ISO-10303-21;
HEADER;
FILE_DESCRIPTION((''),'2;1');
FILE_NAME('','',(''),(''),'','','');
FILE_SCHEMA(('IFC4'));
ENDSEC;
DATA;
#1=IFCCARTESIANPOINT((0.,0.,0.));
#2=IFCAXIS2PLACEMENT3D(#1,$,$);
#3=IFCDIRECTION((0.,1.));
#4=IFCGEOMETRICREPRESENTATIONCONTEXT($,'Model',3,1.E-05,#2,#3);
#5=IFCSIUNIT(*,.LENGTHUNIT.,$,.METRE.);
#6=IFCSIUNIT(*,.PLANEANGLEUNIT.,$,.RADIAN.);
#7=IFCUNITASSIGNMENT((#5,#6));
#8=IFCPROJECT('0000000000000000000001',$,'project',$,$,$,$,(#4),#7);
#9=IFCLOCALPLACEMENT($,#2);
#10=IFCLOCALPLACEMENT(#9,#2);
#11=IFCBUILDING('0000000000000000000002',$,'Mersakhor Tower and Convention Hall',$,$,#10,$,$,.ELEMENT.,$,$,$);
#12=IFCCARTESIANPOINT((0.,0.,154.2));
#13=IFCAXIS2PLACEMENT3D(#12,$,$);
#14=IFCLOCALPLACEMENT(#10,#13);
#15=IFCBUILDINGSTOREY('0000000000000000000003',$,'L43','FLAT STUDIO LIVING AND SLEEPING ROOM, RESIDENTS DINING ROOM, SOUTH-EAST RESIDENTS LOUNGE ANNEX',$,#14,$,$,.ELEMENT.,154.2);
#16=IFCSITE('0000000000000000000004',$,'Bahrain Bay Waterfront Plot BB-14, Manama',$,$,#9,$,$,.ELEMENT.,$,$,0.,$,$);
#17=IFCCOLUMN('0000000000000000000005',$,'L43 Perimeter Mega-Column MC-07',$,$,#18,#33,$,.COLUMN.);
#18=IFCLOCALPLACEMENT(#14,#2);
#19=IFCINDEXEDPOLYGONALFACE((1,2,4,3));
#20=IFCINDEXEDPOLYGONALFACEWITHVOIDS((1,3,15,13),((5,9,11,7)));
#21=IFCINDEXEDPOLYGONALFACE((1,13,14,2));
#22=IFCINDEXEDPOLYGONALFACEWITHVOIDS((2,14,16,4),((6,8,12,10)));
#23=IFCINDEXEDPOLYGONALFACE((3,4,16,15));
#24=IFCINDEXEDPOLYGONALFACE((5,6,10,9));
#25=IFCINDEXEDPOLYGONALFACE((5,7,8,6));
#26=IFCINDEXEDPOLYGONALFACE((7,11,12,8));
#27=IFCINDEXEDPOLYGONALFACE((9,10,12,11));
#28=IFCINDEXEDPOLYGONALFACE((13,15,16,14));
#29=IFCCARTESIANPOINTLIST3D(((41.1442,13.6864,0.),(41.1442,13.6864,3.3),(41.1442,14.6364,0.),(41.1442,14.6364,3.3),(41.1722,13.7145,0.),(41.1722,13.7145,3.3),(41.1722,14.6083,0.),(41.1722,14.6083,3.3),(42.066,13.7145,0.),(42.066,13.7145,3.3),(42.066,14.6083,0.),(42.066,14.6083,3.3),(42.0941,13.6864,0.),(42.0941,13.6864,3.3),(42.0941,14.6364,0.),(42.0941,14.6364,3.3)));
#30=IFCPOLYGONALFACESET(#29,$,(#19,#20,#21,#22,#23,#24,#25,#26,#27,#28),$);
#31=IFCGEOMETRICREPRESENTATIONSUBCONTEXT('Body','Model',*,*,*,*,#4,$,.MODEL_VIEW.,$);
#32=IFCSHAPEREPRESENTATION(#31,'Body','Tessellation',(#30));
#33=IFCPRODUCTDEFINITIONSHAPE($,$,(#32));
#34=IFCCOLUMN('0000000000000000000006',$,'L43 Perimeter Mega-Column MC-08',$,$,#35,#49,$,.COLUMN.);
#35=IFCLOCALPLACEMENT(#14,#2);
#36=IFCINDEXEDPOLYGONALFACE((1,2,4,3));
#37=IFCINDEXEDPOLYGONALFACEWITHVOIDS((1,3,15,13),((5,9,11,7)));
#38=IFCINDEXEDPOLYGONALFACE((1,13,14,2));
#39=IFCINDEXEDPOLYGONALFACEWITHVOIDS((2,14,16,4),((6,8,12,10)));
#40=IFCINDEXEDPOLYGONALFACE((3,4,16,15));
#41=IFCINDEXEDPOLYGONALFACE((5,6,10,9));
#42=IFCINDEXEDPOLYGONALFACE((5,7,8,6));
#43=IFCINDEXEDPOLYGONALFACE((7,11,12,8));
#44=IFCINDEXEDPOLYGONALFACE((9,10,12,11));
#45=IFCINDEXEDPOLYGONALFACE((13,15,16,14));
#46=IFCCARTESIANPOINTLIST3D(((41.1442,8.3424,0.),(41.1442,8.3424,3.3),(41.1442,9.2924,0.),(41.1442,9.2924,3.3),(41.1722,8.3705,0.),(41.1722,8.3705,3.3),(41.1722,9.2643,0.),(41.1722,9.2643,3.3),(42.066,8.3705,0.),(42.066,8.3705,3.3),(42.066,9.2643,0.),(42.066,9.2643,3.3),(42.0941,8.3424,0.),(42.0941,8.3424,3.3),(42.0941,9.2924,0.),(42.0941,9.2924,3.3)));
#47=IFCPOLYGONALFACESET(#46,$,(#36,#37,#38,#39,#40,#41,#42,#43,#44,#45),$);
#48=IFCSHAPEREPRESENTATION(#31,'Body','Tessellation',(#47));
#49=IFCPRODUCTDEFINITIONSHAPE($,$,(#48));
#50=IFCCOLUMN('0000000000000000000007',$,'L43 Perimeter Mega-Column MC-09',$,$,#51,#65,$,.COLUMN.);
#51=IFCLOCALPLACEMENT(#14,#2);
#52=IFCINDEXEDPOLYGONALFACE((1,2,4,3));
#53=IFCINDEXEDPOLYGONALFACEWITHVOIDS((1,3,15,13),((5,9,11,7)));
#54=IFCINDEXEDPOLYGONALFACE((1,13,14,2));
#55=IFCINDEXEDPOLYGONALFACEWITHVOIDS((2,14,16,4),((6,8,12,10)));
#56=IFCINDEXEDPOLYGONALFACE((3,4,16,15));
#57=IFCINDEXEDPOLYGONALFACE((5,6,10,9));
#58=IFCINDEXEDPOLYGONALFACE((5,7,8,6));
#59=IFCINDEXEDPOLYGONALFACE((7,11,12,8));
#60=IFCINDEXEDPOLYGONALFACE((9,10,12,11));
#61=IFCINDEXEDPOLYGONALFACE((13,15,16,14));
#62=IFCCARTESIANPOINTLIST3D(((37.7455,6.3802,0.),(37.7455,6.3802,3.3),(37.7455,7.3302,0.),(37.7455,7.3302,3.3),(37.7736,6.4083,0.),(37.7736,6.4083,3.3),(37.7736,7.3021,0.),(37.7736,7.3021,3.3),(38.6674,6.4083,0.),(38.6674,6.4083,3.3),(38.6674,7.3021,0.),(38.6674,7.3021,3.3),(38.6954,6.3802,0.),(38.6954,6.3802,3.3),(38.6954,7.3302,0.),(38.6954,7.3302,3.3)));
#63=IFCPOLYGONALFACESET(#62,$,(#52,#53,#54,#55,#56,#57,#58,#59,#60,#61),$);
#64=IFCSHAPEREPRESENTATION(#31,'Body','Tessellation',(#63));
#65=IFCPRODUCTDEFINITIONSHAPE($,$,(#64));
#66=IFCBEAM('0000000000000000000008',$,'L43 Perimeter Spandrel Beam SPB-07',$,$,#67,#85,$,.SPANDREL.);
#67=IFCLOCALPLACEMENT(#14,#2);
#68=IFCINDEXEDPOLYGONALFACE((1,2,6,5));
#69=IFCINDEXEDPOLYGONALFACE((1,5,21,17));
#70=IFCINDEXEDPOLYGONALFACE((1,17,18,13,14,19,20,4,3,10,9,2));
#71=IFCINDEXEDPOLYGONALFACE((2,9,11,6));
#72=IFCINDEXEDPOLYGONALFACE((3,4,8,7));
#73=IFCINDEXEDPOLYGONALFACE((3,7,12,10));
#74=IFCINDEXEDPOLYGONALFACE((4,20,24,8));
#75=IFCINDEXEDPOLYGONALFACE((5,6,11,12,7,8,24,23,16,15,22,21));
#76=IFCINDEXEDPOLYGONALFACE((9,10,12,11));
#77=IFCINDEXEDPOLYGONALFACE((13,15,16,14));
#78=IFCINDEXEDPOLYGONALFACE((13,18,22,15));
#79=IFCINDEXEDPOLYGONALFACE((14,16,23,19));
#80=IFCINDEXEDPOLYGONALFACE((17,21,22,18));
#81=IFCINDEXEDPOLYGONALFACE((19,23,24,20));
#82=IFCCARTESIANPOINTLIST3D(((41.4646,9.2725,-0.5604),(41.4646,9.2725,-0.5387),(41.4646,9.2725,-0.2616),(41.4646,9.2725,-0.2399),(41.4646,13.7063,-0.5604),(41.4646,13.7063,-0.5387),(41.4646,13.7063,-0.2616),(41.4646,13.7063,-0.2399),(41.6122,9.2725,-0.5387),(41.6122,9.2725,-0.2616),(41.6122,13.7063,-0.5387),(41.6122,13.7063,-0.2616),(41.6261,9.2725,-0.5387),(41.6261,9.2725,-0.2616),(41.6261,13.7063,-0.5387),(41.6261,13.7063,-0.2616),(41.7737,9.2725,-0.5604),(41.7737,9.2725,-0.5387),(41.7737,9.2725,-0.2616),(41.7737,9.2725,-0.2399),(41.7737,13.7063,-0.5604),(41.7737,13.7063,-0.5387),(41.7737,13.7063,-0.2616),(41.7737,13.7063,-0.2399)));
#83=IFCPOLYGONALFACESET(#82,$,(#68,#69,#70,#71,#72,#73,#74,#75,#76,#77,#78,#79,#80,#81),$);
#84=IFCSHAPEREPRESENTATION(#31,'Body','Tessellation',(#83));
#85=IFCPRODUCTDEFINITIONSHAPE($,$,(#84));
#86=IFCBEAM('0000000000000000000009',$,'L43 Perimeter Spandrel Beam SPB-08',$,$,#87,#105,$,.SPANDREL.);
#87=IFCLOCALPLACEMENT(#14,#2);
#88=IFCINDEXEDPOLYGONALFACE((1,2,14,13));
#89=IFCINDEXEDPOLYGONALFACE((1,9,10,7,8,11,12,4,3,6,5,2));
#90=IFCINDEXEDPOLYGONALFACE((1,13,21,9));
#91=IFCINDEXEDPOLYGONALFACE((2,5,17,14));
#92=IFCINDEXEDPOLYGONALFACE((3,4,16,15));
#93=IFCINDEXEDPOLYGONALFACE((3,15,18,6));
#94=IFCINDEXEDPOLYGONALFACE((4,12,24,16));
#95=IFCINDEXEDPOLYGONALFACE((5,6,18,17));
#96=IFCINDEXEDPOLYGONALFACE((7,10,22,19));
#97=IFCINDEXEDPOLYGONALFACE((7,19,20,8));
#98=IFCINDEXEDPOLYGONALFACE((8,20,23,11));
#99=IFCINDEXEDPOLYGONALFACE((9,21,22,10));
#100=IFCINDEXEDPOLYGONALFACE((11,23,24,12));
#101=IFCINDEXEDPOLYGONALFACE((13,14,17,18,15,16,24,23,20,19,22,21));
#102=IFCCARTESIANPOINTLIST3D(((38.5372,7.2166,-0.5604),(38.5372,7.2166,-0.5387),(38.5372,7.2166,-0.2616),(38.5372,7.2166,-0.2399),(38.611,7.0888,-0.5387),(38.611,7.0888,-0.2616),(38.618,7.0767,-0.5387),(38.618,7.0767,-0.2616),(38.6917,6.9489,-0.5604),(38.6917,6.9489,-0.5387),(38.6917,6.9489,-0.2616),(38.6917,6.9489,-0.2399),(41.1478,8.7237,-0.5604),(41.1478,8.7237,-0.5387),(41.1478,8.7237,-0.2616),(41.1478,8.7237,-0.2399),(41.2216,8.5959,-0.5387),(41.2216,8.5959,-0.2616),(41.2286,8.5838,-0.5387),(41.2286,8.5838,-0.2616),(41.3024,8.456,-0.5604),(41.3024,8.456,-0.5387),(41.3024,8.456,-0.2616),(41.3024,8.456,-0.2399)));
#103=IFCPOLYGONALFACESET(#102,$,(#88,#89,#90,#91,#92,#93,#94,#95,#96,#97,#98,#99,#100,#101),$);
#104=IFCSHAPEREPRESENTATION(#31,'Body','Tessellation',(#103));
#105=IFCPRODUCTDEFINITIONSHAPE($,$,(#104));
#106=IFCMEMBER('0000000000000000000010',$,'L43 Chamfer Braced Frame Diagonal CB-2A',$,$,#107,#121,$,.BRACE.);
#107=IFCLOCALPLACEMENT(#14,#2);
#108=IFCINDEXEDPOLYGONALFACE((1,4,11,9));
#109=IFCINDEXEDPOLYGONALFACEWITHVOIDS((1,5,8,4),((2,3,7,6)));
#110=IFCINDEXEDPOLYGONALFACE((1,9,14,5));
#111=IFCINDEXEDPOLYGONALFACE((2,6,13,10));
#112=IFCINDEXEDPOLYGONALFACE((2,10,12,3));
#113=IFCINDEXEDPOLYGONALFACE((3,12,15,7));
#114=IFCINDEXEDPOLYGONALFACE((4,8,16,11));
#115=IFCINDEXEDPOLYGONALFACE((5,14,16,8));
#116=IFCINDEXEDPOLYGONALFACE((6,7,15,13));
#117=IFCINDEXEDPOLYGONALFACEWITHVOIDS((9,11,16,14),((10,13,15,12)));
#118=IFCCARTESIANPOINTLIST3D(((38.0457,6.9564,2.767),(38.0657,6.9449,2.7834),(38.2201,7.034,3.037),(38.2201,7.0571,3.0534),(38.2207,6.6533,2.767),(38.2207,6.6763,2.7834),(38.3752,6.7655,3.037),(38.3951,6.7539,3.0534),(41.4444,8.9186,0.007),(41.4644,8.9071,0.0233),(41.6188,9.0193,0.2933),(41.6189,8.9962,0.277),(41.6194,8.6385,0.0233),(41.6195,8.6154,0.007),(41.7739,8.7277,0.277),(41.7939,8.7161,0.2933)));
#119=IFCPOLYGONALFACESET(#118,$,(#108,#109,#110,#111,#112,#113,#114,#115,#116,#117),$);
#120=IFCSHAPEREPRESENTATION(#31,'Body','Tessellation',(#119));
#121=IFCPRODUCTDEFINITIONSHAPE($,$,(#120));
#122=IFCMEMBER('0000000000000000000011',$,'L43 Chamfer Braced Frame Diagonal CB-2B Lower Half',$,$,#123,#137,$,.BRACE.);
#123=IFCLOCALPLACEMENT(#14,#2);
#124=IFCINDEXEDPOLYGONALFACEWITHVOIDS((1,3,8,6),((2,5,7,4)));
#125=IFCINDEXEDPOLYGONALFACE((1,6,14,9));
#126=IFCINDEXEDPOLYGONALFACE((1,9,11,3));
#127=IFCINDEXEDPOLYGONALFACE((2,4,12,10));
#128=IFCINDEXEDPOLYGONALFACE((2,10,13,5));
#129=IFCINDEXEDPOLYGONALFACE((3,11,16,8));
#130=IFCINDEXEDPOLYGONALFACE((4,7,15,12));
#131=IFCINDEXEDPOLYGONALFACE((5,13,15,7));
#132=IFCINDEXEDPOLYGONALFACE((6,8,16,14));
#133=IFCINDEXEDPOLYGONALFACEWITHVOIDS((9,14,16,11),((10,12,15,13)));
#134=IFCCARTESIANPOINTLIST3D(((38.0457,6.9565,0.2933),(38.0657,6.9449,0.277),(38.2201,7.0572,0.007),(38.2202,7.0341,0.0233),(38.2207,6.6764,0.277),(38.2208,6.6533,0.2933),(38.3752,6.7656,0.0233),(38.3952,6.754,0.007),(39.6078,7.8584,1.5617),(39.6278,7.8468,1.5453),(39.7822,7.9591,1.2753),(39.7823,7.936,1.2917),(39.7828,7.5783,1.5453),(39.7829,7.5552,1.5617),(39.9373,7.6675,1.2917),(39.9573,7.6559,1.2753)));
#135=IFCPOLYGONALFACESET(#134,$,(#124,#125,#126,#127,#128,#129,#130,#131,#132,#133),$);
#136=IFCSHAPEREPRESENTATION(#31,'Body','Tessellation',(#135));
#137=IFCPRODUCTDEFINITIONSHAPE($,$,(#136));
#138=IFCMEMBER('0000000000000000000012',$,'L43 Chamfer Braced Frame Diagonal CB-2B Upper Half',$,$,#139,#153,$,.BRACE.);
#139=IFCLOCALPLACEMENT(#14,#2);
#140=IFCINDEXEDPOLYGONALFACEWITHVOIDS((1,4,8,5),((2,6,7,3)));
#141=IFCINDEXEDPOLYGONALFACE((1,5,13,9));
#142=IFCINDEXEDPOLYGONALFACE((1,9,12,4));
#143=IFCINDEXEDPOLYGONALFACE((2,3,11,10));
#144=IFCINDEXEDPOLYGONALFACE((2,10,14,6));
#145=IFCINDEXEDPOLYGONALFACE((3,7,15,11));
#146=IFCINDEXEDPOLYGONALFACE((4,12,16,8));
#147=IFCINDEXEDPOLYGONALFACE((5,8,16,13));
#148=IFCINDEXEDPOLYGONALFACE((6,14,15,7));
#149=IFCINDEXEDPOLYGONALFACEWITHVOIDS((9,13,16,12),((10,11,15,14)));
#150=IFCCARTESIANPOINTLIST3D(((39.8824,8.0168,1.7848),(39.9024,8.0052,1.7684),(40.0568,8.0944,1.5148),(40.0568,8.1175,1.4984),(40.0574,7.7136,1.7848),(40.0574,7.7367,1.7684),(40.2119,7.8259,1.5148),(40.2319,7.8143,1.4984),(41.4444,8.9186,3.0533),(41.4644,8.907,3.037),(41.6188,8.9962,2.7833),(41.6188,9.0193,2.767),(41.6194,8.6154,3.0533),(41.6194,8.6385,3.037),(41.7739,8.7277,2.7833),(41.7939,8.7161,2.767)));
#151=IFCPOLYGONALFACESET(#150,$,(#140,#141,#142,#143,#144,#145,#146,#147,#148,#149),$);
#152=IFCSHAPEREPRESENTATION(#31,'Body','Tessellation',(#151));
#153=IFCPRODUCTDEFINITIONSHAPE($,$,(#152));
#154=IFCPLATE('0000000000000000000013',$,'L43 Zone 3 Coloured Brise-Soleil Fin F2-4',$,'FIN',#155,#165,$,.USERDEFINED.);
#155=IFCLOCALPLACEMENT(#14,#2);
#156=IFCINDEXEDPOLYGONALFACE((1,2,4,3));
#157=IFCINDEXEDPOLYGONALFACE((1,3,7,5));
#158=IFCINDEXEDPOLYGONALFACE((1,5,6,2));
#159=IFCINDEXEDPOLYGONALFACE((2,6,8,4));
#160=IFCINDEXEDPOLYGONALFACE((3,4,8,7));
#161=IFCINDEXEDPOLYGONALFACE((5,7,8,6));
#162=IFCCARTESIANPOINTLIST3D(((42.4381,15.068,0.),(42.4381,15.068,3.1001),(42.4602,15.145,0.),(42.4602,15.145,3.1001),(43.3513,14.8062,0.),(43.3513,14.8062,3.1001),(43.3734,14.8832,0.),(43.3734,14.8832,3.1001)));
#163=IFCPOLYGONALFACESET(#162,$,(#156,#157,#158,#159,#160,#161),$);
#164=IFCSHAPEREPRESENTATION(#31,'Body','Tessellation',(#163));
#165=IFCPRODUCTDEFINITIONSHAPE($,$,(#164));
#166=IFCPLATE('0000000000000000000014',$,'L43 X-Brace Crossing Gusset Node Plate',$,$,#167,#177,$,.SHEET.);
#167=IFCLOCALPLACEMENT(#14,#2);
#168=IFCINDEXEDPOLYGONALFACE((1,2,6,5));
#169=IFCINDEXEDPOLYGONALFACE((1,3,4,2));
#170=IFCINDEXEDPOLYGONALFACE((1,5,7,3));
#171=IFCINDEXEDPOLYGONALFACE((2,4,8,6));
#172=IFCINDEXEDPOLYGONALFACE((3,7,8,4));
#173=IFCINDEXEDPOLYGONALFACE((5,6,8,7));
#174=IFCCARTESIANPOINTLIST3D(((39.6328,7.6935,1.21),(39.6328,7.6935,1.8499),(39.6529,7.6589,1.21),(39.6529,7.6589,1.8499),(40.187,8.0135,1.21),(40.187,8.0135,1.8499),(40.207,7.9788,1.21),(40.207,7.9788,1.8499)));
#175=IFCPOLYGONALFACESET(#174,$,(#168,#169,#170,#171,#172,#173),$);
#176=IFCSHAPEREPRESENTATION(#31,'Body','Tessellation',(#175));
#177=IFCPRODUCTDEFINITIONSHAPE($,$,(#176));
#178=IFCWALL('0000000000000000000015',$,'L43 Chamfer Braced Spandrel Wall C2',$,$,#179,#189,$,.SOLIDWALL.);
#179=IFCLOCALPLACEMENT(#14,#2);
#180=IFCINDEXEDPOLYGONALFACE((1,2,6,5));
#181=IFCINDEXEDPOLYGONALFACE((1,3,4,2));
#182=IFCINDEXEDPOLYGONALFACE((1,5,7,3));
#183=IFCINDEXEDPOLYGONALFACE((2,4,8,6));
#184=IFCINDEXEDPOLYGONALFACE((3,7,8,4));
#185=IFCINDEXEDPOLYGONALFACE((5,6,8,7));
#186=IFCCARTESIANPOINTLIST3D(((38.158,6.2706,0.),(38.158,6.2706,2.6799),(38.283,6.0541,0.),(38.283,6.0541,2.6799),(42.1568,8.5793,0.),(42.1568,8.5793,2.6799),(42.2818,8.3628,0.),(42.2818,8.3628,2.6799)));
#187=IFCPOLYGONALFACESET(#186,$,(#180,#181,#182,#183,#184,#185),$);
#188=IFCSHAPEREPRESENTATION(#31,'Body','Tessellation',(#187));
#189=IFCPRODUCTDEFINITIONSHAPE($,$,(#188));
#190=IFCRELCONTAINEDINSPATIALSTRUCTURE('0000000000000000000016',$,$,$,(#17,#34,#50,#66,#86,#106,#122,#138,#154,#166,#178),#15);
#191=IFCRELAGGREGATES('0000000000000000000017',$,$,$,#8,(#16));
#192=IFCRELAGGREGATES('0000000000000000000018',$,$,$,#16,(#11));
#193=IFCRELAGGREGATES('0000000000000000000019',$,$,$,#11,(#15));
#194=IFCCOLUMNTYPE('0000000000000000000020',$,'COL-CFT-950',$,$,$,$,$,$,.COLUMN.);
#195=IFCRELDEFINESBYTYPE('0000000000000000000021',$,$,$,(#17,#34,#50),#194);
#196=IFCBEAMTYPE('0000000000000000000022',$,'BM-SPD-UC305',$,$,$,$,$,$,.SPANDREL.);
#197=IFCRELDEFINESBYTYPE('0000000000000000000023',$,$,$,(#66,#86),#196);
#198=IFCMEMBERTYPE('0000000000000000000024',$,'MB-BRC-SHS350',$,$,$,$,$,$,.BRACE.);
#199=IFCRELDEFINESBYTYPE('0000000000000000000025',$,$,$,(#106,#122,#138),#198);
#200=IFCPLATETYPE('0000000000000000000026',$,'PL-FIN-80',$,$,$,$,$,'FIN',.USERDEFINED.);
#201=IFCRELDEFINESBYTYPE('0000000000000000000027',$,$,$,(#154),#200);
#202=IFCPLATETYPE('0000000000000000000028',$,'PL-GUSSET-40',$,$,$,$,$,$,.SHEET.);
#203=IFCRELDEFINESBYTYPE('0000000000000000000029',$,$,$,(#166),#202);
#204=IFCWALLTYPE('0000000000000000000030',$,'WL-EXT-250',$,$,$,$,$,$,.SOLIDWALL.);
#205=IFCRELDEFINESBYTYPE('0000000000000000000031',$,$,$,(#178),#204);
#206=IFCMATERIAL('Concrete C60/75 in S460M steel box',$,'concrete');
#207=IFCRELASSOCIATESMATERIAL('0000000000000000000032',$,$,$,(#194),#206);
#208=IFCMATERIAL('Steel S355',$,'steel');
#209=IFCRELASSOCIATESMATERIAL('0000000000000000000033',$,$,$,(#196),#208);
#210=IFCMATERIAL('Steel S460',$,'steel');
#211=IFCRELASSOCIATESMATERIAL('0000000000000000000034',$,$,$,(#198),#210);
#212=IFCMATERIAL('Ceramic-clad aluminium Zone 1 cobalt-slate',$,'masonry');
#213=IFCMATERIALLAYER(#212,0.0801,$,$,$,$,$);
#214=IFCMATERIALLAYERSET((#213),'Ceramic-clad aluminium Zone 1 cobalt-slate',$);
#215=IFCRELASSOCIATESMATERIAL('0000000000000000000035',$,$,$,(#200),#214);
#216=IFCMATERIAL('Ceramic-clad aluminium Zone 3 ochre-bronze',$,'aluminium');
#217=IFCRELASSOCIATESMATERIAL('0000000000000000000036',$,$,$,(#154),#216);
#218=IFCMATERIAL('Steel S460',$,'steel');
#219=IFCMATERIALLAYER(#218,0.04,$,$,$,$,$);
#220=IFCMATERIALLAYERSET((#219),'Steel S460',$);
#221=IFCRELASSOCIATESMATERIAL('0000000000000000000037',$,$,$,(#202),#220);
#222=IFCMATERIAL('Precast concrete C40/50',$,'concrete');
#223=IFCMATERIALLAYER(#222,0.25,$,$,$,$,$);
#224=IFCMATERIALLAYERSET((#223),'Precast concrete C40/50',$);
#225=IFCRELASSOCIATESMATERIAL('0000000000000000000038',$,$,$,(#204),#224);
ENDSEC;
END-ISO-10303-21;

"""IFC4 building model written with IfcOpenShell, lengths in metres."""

from ifc_helpers import new_model, si_unit, direction, frame, frame_2d, origin, origin_2d, place, context, subcontext, project, spatial, rectangle, hollow_rectangle, i_section, extrude, material, layer, layer_set, material_profile, profile_set, type_object, element, save


model = new_model("IFC4")

# Units and contexts
model_context = context("Model", 3, precision=1e-05, world=origin(), true_north=direction((0.0, 1.0)))
body_context = subcontext(model_context, "Body", "Model", "MODEL_VIEW")
ifc_project = project(units=[si_unit("LENGTHUNIT", "METRE"), si_unit("PLANEANGLEUNIT", "RADIAN")], contexts=[model_context])

# Site, building, storey
site_placement = place(None, origin())
site = spatial("IfcSite", under=ifc_project, at=site_placement, Name="Bahrain Bay Waterfront Plot BB-14, Manama", CompositionType="ELEMENT", RefElevation=0.0)
building_placement = place(site_placement, origin())
building = spatial("IfcBuilding", under=site, at=building_placement, Name="Mersakhor Tower and Convention Hall", CompositionType="ELEMENT")
storey_placement = place(building_placement, frame((0.0, 0.0, 154.2)))
storey = spatial("IfcBuildingStorey", under=building, at=storey_placement, Name="L43", Description="FLAT STUDIO LIVING AND SLEEPING ROOM, RESIDENTS DINING ROOM, SOUTH-EAST RESIDENTS LOUNGE ANNEX", CompositionType="ELEMENT", Elevation=154.2)

# Columns
ifc_material_1 = material(Name="Concrete C60/75 in S460M steel box", Category="concrete")
ifc_material_profile_1 = material_profile(ifc_material_1, hollow_rectangle(XDim=0.95, YDim=0.95, WallThickness=0.0281, at=origin_2d()), Name="SHS 950x950x28")
ifc_profile_set_1 = profile_set([ifc_material_profile_1], Name="Concrete C60/75 in S460M steel box")
column_type = type_object("IfcColumnType", Name="COL-CFT-950", PredefinedType="COLUMN", material=ifc_profile_set_1)
for number, where, z_axis, x_axis, name in (
    (1, (41.6191, 14.1614, 0.0), (0.0, 0.0, 1.0), (1.0, 0.0, 0.0), "L43 Perimeter Mega-Column MC-07"),
    (2, (41.6191, 8.8174, 0.0), (0.0, 0.0, 1.0), (1.0, 0.0, 0.0), "L43 Perimeter Mega-Column MC-08"),
    (3, (38.2205, 6.8552, 0.0), (0.0, 0.0, 1.0), (1.0, 0.0, 0.0), "L43 Perimeter Mega-Column MC-09"),
):
    element("IfcColumn", number, at=place(storey_placement, frame(where, z_axis=z_axis, x_axis=x_axis)), inside=storey, type_object=column_type, Name=name, PredefinedType="COLUMN", context=body_context, shape_type="SweptSolid", body=[
        extrude(hollow_rectangle(XDim=0.95, YDim=0.95, WallThickness=0.0281, at=origin_2d()), origin(), (0.0, 0.0, 1.0), 3.3),
    ])

# Beams
ifc_material_2 = material(Name="Steel S355", Category="steel")
ifc_material_profile_2 = material_profile(ifc_material_2, i_section(OverallWidth=0.3091, OverallDepth=0.3206, WebThickness=0.0139, FlangeThickness=0.0217, at=origin_2d()), Name="UC 305x305x137")
ifc_profile_set_2 = profile_set([ifc_material_profile_2], Name="Steel S355")
beam_type = type_object("IfcBeamType", Name="BM-SPD-UC305", PredefinedType="SPANDREL", material=ifc_profile_set_2)
beam_1_placement = place(storey_placement, frame((41.6191, 13.7063, -0.4001), z_axis=(0.0, -1.0, 0.0), x_axis=(1.0, 0.0, 0.0)))
element("IfcBeam", 4, at=beam_1_placement, inside=storey, type_object=beam_type, Name="L43 Perimeter Spandrel Beam SPB-07", PredefinedType="SPANDREL", context=body_context, shape_type="SweptSolid", body=[
    extrude(i_section(OverallWidth=0.3091, OverallDepth=0.3206, WebThickness=0.0139, FlangeThickness=0.0217, at=origin_2d()), origin(), (0.0, 0.0, 1.0), 4.4338),
])
beam_2_placement = place(storey_placement, frame((41.2251, 8.5898, -0.4001), z_axis=(-0.866047, -0.499963, 0.0), x_axis=(0.499963, -0.866047, 0.0)))
element("IfcBeam", 5, at=beam_2_placement, inside=storey, type_object=beam_type, Name="L43 Perimeter Spandrel Beam SPB-08", PredefinedType="SPANDREL", context=body_context, shape_type="SweptSolid", body=[
    extrude(i_section(OverallWidth=0.3091, OverallDepth=0.3206, WebThickness=0.0139, FlangeThickness=0.0217, at=origin_2d()), origin(), (0.0, 0.0, 1.0), 3.0144),
])

# Members
ifc_material_3 = material(Name="Steel S460", Category="steel")
ifc_material_profile_3 = material_profile(ifc_material_3, hollow_rectangle(XDim=0.3501, YDim=0.3501, WallThickness=0.02, at=origin_2d()), Name="SHS 350x350x20")
ifc_profile_set_3 = profile_set([ifc_material_profile_3], Name="Steel S460")
member_type = type_object("IfcMemberType", Name="MB-BRC-SHS350", PredefinedType="BRACE", material=ifc_profile_set_3)
member_placement = place(storey_placement, frame((41.6191, 8.8174, 0.1501), z_axis=(-0.708385, -0.408972, 0.575267), x_axis=(0.499986, -0.866033, 0.0)))
element("IfcMember", 6, at=member_placement, inside=storey, type_object=member_type, Name="L43 Chamfer Braced Frame Diagonal CB-2A", PredefinedType="BRACE", context=body_context, shape_type="SweptSolid", body=[
    extrude(hollow_rectangle(XDim=0.3501, YDim=0.3501, WallThickness=0.02, at=origin_2d()), origin(), (0.0, 0.0, 1.0), 4.7979),
])
for number, where, z_axis, x_axis, name in (
    (7, (38.2205, 6.8552, 0.1501), (0.708409, 0.409013, 0.575209), (-0.500011, 0.866019, 0.0), "L43 Chamfer Braced Frame Diagonal CB-2B Lower Half"),
    (8, (40.0571, 7.9155, 1.6416), (0.708364, 0.408987, 0.575283), (-0.500011, 0.866019, 0.0), "L43 Chamfer Braced Frame Diagonal CB-2B Upper Half"),
):
    element("IfcMember", number, at=place(storey_placement, frame(where, z_axis=z_axis, x_axis=x_axis)), inside=storey, type_object=member_type, Name=name, PredefinedType="BRACE", context=body_context, shape_type="SweptSolid", body=[
        extrude(hollow_rectangle(XDim=0.3501, YDim=0.3501, WallThickness=0.02, at=origin_2d()), origin(), (0.0, 0.0, 1.0), 2.2051),
    ])

# Plates
ifc_material_4 = material(Name="Ceramic-clad aluminium Zone 3 ochre-bronze", Category="aluminium")
ifc_material_5 = material(Name="Ceramic-clad aluminium Zone 1 cobalt-slate", Category="masonry")
ifc_layer_1 = layer(ifc_material_5, 0.0801)
ifc_layer_set_1 = layer_set([ifc_layer_1], Name="Ceramic-clad aluminium Zone 1 cobalt-slate")
plate_type_1 = type_object("IfcPlateType", Name="PL-FIN-80", ElementType="FIN", PredefinedType="USERDEFINED", material=ifc_layer_set_1)
plate_1_placement = place(storey_placement, frame((42.9058, 14.9756, 0.0), z_axis=(0.0, 0.0, 1.0), x_axis=(0.961262, -0.275637, 0.0)))
element("IfcPlate", 9, at=plate_1_placement, inside=storey, type_object=plate_type_1, material=ifc_material_4, Name="L43 Zone 3 Coloured Brise-Soleil Fin F2-4", ObjectType="FIN", PredefinedType="USERDEFINED", context=body_context, shape_type="SweptSolid", body=[
    extrude(rectangle(XDim=0.95, YDim=0.0801, at=origin_2d()), origin(), (0.0, 0.0, 1.0), 3.1001),
])
ifc_material_6 = material(Name="Steel S460", Category="steel")
ifc_layer_2 = layer(ifc_material_6, 0.04)
ifc_layer_set_2 = layer_set([ifc_layer_2], Name="Steel S460")
plate_type_2 = type_object("IfcPlateType", Name="PL-GUSSET-40", PredefinedType="SHEET", material=ifc_layer_set_2)
plate_2_placement = place(storey_placement, frame((39.9199, 7.8362, 1.21), z_axis=(0.0, 0.0, 1.0), x_axis=(0.866025, 0.5, 0.0)))
element("IfcPlate", 10, at=plate_2_placement, inside=storey, type_object=plate_type_2, Name="L43 X-Brace Crossing Gusset Node Plate", PredefinedType="SHEET", context=body_context, shape_type="SweptSolid", body=[
    extrude(rectangle(XDim=0.6399, YDim=0.04, at=origin_2d()), origin(), (0.0, 0.0, 1.0), 0.6399),
])

# Wall
ifc_material_7 = material(Name="Precast concrete C40/50", Category="concrete")
ifc_layer_3 = layer(ifc_material_7, 0.25)
ifc_layer_set_3 = layer_set([ifc_layer_3], Name="Precast concrete C40/50")
wall_type_1 = type_object("IfcWallType", Name="WL-EXT-250", PredefinedType="SOLIDWALL", material=ifc_layer_set_3)
wall_1_placement = place(storey_placement, frame((42.2192, 8.4709, 0.0), z_axis=(0.0, 0.0, 1.0), x_axis=(-0.866035, -0.499983, 0.0)))
element("IfcWall", 11, at=wall_1_placement, inside=storey, type_object=wall_type_1, Name="L43 Chamfer Braced Spandrel Wall C2", PredefinedType="SOLIDWALL", context=body_context, shape_type="SweptSolid", body=[
    extrude(rectangle(XDim=4.6174, YDim=0.25, at=frame_2d((2.3086, 0.0))), origin(), (0.0, 0.0, 1.0), 2.6799),
])

save(model, "model.ifc")
